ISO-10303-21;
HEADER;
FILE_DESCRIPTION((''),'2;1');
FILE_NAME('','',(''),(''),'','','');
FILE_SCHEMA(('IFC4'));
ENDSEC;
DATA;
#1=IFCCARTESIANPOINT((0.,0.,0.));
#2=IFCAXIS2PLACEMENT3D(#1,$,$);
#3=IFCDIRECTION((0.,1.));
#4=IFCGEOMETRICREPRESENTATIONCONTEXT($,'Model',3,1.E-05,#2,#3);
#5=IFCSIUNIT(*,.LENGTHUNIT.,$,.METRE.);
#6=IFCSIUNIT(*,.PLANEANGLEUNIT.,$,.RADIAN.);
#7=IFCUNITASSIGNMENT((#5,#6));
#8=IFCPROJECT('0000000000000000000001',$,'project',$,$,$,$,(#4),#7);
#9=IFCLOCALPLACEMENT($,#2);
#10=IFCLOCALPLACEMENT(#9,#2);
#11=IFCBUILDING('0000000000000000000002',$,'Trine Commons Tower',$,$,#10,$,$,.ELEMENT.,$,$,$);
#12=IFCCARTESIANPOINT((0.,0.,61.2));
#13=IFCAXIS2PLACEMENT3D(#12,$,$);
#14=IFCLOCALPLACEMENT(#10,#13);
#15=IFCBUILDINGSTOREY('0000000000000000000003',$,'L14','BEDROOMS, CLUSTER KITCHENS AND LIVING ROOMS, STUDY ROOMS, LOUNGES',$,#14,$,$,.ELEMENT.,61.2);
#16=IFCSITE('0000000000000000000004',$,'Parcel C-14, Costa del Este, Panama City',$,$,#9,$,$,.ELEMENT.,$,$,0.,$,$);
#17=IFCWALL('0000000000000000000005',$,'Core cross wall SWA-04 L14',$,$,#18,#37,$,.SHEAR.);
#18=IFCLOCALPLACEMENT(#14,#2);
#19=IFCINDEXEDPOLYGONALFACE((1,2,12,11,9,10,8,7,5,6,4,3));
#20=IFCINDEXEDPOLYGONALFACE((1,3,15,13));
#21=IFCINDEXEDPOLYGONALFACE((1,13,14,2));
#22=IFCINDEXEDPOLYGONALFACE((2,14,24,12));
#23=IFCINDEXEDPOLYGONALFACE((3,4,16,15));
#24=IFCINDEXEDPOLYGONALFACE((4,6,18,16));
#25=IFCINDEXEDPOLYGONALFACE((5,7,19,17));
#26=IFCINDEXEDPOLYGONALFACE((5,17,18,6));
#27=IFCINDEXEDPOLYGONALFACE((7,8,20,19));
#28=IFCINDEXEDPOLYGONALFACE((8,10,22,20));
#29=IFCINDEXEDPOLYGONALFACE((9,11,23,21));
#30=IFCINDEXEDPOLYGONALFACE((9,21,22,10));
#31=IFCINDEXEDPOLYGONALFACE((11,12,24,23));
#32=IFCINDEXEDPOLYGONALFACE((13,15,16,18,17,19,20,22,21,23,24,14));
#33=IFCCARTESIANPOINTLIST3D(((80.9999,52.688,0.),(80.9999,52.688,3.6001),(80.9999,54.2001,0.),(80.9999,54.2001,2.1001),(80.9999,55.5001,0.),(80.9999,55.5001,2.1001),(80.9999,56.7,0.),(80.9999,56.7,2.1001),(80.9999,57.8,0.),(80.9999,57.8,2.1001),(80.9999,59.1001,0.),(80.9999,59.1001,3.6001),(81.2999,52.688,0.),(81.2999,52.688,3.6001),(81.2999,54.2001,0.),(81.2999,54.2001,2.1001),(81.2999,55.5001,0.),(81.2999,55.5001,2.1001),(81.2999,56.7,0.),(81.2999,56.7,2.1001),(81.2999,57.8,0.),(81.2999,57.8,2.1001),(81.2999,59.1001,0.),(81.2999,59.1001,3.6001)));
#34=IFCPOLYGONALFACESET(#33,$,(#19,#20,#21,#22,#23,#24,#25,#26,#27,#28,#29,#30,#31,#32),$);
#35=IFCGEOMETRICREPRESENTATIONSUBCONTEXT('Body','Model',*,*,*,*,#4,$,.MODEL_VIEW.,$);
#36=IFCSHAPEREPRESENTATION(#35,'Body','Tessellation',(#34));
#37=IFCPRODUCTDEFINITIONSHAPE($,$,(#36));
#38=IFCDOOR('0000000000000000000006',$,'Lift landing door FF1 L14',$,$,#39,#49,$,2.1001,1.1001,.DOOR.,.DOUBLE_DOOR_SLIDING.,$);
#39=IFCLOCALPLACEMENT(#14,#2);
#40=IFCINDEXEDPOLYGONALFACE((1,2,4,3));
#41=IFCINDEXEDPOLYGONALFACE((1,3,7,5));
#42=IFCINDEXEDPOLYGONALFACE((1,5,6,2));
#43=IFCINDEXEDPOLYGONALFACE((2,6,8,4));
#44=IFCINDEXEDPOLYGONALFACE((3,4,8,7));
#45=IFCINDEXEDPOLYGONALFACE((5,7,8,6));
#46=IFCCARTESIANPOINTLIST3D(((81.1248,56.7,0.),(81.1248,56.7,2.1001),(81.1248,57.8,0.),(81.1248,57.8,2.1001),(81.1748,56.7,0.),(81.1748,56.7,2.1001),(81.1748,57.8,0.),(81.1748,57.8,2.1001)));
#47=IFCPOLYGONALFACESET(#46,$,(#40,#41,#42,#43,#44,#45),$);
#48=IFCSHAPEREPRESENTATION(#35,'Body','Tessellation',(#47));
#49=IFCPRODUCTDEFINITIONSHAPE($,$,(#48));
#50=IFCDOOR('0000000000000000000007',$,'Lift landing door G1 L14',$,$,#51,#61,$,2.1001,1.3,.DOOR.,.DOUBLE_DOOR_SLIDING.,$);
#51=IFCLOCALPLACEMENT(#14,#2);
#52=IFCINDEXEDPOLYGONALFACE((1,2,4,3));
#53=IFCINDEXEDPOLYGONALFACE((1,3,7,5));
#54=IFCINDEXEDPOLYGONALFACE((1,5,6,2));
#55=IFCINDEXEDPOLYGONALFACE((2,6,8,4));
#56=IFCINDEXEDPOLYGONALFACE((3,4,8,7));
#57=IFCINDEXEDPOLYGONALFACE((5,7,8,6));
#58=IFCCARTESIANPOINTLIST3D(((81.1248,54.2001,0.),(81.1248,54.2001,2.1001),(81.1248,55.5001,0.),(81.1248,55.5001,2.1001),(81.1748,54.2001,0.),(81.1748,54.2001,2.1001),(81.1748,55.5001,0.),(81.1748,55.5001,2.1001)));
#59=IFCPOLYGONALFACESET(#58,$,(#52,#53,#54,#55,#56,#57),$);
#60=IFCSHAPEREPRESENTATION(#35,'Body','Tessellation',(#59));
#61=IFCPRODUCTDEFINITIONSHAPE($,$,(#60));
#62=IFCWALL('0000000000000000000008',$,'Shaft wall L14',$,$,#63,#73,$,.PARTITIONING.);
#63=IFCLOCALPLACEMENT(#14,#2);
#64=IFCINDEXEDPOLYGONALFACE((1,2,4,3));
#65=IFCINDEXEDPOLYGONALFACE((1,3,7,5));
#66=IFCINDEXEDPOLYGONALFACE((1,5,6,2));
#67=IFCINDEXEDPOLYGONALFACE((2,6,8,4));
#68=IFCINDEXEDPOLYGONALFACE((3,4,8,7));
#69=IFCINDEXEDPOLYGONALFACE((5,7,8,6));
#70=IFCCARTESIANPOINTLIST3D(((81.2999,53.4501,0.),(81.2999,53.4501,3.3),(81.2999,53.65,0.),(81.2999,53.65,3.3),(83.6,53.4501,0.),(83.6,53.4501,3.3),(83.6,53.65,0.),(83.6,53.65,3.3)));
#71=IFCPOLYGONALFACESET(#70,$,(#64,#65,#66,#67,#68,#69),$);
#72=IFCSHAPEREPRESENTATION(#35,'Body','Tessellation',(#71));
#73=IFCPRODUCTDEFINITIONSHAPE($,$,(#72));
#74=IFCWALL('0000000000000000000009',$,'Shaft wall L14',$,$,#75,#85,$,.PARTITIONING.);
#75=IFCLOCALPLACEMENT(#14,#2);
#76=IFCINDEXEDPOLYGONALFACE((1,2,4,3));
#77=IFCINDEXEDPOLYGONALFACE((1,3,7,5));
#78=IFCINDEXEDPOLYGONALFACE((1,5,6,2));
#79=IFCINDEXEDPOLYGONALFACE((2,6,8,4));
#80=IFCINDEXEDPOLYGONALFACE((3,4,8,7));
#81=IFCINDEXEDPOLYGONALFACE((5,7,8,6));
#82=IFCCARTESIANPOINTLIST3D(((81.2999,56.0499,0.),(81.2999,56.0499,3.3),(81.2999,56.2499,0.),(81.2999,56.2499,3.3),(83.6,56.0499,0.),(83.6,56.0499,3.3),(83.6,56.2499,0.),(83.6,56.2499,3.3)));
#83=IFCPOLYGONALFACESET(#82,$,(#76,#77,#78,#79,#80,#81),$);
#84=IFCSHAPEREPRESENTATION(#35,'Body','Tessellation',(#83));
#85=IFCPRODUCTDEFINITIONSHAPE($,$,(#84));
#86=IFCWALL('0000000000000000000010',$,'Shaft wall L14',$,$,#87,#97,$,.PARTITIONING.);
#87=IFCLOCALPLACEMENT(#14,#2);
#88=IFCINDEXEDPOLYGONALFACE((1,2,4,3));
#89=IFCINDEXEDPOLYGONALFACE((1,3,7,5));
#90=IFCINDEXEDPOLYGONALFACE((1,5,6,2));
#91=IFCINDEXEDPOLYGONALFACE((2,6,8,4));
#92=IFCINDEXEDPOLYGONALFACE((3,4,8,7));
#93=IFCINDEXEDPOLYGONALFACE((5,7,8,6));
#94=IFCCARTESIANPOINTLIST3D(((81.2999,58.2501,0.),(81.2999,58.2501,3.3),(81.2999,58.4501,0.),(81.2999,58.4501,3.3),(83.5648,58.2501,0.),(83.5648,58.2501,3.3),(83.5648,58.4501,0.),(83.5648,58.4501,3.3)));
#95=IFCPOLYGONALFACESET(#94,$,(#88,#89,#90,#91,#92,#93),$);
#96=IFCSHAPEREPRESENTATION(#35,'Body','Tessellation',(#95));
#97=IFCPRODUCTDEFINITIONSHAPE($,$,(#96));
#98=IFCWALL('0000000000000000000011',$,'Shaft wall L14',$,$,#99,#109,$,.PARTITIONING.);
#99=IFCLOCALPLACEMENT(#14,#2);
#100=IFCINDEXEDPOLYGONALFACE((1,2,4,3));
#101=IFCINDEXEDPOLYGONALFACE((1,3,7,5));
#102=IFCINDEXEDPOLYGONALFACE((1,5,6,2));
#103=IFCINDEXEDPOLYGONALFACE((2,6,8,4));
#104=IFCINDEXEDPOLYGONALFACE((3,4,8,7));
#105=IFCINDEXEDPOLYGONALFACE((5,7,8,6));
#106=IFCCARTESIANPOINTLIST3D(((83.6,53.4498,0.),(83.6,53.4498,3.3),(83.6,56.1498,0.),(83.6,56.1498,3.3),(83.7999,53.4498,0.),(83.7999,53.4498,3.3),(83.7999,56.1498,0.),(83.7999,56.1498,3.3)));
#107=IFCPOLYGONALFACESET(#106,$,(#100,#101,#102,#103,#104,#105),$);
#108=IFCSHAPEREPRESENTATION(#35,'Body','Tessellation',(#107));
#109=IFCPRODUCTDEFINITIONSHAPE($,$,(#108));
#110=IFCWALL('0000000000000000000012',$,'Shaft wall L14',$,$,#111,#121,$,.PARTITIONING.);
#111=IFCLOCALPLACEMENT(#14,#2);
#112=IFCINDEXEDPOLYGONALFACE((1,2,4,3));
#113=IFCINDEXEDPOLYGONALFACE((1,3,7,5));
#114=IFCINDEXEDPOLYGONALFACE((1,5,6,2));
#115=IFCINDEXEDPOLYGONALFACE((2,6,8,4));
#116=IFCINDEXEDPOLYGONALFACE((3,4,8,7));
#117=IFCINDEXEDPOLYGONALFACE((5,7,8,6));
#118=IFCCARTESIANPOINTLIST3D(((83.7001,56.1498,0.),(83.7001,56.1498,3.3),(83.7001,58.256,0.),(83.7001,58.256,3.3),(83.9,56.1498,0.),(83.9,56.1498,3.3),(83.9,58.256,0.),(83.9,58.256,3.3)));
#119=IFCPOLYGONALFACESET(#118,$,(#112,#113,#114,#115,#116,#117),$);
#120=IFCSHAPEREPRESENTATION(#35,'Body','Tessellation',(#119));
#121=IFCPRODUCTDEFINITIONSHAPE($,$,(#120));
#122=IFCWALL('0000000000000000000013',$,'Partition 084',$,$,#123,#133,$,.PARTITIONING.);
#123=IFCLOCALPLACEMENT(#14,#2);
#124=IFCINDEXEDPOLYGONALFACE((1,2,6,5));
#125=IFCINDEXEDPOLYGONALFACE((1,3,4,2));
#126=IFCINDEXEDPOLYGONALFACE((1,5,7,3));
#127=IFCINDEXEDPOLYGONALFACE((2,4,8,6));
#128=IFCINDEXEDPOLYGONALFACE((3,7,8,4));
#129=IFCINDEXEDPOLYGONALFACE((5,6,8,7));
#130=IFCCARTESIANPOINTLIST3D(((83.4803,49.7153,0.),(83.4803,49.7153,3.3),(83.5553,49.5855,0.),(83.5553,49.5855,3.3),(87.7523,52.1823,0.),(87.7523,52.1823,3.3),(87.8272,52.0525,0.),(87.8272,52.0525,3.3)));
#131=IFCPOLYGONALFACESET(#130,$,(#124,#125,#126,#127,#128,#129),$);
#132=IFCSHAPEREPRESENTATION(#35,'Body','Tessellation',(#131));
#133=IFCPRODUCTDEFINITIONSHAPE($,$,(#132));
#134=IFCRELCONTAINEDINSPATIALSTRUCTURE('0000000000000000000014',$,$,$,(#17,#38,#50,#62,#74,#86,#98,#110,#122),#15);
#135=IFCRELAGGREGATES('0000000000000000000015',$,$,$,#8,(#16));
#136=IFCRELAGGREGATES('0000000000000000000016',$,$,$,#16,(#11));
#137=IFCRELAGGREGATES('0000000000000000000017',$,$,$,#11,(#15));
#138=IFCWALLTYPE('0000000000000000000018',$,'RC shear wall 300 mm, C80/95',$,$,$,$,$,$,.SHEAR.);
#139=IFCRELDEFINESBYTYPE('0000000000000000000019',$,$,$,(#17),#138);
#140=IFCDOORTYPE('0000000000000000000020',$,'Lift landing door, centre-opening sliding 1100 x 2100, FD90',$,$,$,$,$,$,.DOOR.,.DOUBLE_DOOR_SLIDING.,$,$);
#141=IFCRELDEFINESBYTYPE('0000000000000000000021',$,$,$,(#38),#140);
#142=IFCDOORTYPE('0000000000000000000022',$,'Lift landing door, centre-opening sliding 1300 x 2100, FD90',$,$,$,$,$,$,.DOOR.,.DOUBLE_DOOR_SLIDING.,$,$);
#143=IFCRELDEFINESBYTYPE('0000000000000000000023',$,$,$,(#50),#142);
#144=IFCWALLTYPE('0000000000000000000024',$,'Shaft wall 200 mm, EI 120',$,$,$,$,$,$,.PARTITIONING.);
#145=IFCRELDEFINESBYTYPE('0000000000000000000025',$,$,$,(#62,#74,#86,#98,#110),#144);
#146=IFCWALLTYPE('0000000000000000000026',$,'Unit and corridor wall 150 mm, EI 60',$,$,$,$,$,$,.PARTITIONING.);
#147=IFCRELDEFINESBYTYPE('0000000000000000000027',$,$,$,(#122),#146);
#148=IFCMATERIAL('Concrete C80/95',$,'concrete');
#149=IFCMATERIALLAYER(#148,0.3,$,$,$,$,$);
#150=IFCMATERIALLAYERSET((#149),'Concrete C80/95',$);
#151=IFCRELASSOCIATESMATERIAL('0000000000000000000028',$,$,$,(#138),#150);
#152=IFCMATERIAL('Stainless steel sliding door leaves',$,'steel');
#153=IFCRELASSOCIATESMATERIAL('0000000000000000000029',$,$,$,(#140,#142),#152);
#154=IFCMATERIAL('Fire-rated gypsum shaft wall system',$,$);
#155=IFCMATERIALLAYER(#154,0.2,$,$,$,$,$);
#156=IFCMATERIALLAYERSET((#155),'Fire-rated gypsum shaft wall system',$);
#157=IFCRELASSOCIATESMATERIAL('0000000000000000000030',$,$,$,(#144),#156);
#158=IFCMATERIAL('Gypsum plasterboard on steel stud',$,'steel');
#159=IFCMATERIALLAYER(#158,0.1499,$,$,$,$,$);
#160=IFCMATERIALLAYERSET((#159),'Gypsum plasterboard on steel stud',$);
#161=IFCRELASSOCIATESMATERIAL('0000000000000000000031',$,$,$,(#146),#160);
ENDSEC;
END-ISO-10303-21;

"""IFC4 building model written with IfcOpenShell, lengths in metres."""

from ifc_helpers import new_model, si_unit, direction, frame, frame_2d, origin, place, context, subcontext, project, spatial, rectangle, extrude, material, layer, layer_set, type_object, element, fill, save


model = new_model("IFC4")

# Units and contexts
model_context = context("Model", 3, precision=1e-05, world=origin(), true_north=direction((0.0, 1.0)))
body_context = subcontext(model_context, "Body", "Model", "MODEL_VIEW")
ifc_project = project(units=[si_unit("LENGTHUNIT", "METRE"), si_unit("PLANEANGLEUNIT", "RADIAN")], contexts=[model_context])

# Site, building, storey
site_placement = place(None, origin())
site = spatial("IfcSite", under=ifc_project, at=site_placement, Name="Parcel C-14, Costa del Este, Panama City", CompositionType="ELEMENT", RefElevation=0.0)
building_placement = place(site_placement, origin())
building = spatial("IfcBuilding", under=site, at=building_placement, Name="Trine Commons Tower", CompositionType="ELEMENT")
storey_placement = place(building_placement, frame((0.0, 0.0, 61.2)))
storey = spatial("IfcBuildingStorey", under=building, at=storey_placement, Name="L14", Description="BEDROOMS, CLUSTER KITCHENS AND LIVING ROOMS, STUDY ROOMS, LOUNGES", CompositionType="ELEMENT", Elevation=61.2)

# Shared definitions
ifc_material_1 = material(Name="Fire-rated gypsum shaft wall system")
ifc_material_2 = material(Name="Concrete C80/95", Category="concrete")

# Wall, openings, doors
ifc_layer_1 = layer(ifc_material_2, 0.3)
ifc_layer_set_1 = layer_set([ifc_layer_1], Name="Concrete C80/95")
wall_type_1 = type_object("IfcWallType", Name="RC shear wall 300 mm, C80/95", PredefinedType="SHEAR", material=ifc_layer_set_1)
ifc_material_3 = material(Name="Stainless steel sliding door leaves", Category="steel")
door_type_1 = type_object("IfcDoorType", Name="Lift landing door, centre-opening sliding 1100 x 2100, FD90", OperationType="DOUBLE_DOOR_SLIDING", PredefinedType="DOOR", material=ifc_material_3)
wall_1_placement = place(storey_placement, frame((81.1499, 59.1001, 0.0), z_axis=(0.0, 0.0, 1.0), x_axis=(0.0, -1.0, 0.0)))
wall_1 = element("IfcWall", 1, at=wall_1_placement, inside=storey, type_object=wall_type_1, Name="Core cross wall SWA-04 L14", PredefinedType="SHEAR", context=body_context, shape_type="SweptSolid", body=[
    extrude(rectangle(XDim=6.4121, YDim=0.3, at=frame_2d((3.2061, 0.0))), origin(), (0.0, 0.0, 1.0), 3.6001),
])
opening_1_placement = place(wall_1_placement, frame((3.6001, 0.0, 0.0)))
opening_1 = element("IfcOpeningElement", 2, at=opening_1_placement, cuts=wall_1, PredefinedType="OPENING", context=body_context, shape_type="SweptSolid", body=[
    extrude(rectangle(XDim=1.3, YDim=2.1001, at=frame_2d((0.6499, 1.05))), frame((0.0, 0.1599, 0.0), z_axis=(0.0, -1.0, 0.0), x_axis=(1.0, 0.0, 0.0)), (0.0, 0.0, 1.0), 0.3201),
])
opening_2_placement = place(wall_1_placement, frame((1.3, 0.0, 0.0)))
opening_2 = element("IfcOpeningElement", 3, at=opening_2_placement, cuts=wall_1, PredefinedType="OPENING", context=body_context, shape_type="SweptSolid", body=[
    extrude(rectangle(XDim=1.1001, YDim=2.1001, at=frame_2d((0.55, 1.05))), frame((0.0, 0.1599, 0.0), z_axis=(0.0, -1.0, 0.0), x_axis=(1.0, 0.0, 0.0)), (0.0, 0.0, 1.0), 0.3201),
])
door_1_placement = place(opening_2_placement, origin())
door_1 = element("IfcDoor", 4, at=door_1_placement, inside=storey, type_object=door_type_1, Name="Lift landing door FF1 L14", OperationType="DOUBLE_DOOR_SLIDING", OverallHeight=2.1001, OverallWidth=1.1001, PredefinedType="DOOR", context=body_context, shape_type="SweptSolid", body=[
    extrude(rectangle(XDim=1.1001, YDim=2.1001, at=frame_2d((0.55, 1.05))), frame((0.0, 0.0249, 0.0), z_axis=(0.0, -1.0, 0.0), x_axis=(1.0, 0.0, 0.0)), (0.0, 0.0, 1.0), 0.05),
])
fill(opening_2, door_1)
door_type_2 = type_object("IfcDoorType", Name="Lift landing door, centre-opening sliding 1300 x 2100, FD90", OperationType="DOUBLE_DOOR_SLIDING", PredefinedType="DOOR", material=ifc_material_3)
door_2_placement = place(opening_1_placement, origin())
door_2 = element("IfcDoor", 5, at=door_2_placement, inside=storey, type_object=door_type_2, Name="Lift landing door G1 L14", OperationType="DOUBLE_DOOR_SLIDING", OverallHeight=2.1001, OverallWidth=1.3, PredefinedType="DOOR", context=body_context, shape_type="SweptSolid", body=[
    extrude(rectangle(XDim=1.3, YDim=2.1001, at=frame_2d((0.6499, 1.05))), frame((0.0, 0.0249, 0.0), z_axis=(0.0, -1.0, 0.0), x_axis=(1.0, 0.0, 0.0)), (0.0, 0.0, 1.0), 0.05),
])
fill(opening_1, door_2)

# Walls
ifc_layer_2 = layer(ifc_material_1, 0.2)
ifc_layer_set_2 = layer_set([ifc_layer_2], Name="Fire-rated gypsum shaft wall system")
wall_type_2 = type_object("IfcWallType", Name="Shaft wall 200 mm, EI 120", PredefinedType="PARTITIONING", material=ifc_layer_set_2)
for number, where, z_axis, x_axis, name in (
    (6, (81.3, 53.55, 0.0), (0.0, 0.0, 1.0), (1.0, 0.0, 0.0), "Shaft wall L14"),
    (7, (81.3, 56.1499, 0.0), (0.0, 0.0, 1.0), (1.0, 0.0, 0.0), "Shaft wall L14"),
):
    element("IfcWall", number, at=place(storey_placement, frame(where, z_axis=z_axis, x_axis=x_axis)), inside=storey, type_object=wall_type_2, Name=name, PredefinedType="PARTITIONING", context=body_context, shape_type="SweptSolid", body=[
        extrude(rectangle(XDim=2.3, YDim=0.2, at=frame_2d((1.1499, 0.0))), origin(), (0.0, 0.0, 1.0), 3.3),
    ])
wall_2_placement = place(storey_placement, frame((81.3, 58.3501, 0.0), z_axis=(0.0, 0.0, 1.0), x_axis=(1.0, 0.0, 0.0)))
element("IfcWall", 8, at=wall_2_placement, inside=storey, type_object=wall_type_2, Name="Shaft wall L14", PredefinedType="PARTITIONING", context=body_context, shape_type="SweptSolid", body=[
    extrude(rectangle(XDim=2.2649, YDim=0.2, at=frame_2d((1.1323, 0.0))), origin(), (0.0, 0.0, 1.0), 3.3),
])
wall_3_placement = place(storey_placement, frame((83.7, 56.1499, 0.0), z_axis=(0.0, 0.0, 1.0), x_axis=(0.0, -1.0, 0.0)))
element("IfcWall", 9, at=wall_3_placement, inside=storey, type_object=wall_type_2, Name="Shaft wall L14", PredefinedType="PARTITIONING", context=body_context, shape_type="SweptSolid", body=[
    extrude(rectangle(XDim=2.7, YDim=0.2, at=frame_2d((1.3501, 0.0))), origin(), (0.0, 0.0, 1.0), 3.3),
])
wall_4_placement = place(storey_placement, frame((83.8, 58.2561, 0.0), z_axis=(0.0, 0.0, 1.0), x_axis=(0.0, -1.0, 0.0)))
element("IfcWall", 10, at=wall_4_placement, inside=storey, type_object=wall_type_2, Name="Shaft wall L14", PredefinedType="PARTITIONING", context=body_context, shape_type="SweptSolid", body=[
    extrude(rectangle(XDim=2.1062, YDim=0.2, at=frame_2d((1.0532, 0.0))), origin(), (0.0, 0.0, 1.0), 3.3),
])
ifc_material_4 = material(Name="Gypsum plasterboard on steel stud", Category="steel")
ifc_layer_3 = layer(ifc_material_4, 0.1499)
ifc_layer_set_3 = layer_set([ifc_layer_3], Name="Gypsum plasterboard on steel stud")
wall_type_3 = type_object("IfcWallType", Name="Unit and corridor wall 150 mm, EI 60", PredefinedType="PARTITIONING", material=ifc_layer_set_3)
wall_5_placement = place(storey_placement, frame((83.5178, 49.6504, 0.0), z_axis=(0.0, 0.0, 1.0), x_axis=(0.865971, 0.500094, 0.0)))
element("IfcWall", 11, at=wall_5_placement, inside=storey, type_object=wall_type_3, Name="Partition 084", PredefinedType="PARTITIONING", context=body_context, shape_type="SweptSolid", body=[
    extrude(rectangle(XDim=4.9331, YDim=0.1499, at=frame_2d((2.4666, 0.0))), origin(), (0.0, 0.0, 1.0), 3.3),
])

save(model, "model.ifc")
